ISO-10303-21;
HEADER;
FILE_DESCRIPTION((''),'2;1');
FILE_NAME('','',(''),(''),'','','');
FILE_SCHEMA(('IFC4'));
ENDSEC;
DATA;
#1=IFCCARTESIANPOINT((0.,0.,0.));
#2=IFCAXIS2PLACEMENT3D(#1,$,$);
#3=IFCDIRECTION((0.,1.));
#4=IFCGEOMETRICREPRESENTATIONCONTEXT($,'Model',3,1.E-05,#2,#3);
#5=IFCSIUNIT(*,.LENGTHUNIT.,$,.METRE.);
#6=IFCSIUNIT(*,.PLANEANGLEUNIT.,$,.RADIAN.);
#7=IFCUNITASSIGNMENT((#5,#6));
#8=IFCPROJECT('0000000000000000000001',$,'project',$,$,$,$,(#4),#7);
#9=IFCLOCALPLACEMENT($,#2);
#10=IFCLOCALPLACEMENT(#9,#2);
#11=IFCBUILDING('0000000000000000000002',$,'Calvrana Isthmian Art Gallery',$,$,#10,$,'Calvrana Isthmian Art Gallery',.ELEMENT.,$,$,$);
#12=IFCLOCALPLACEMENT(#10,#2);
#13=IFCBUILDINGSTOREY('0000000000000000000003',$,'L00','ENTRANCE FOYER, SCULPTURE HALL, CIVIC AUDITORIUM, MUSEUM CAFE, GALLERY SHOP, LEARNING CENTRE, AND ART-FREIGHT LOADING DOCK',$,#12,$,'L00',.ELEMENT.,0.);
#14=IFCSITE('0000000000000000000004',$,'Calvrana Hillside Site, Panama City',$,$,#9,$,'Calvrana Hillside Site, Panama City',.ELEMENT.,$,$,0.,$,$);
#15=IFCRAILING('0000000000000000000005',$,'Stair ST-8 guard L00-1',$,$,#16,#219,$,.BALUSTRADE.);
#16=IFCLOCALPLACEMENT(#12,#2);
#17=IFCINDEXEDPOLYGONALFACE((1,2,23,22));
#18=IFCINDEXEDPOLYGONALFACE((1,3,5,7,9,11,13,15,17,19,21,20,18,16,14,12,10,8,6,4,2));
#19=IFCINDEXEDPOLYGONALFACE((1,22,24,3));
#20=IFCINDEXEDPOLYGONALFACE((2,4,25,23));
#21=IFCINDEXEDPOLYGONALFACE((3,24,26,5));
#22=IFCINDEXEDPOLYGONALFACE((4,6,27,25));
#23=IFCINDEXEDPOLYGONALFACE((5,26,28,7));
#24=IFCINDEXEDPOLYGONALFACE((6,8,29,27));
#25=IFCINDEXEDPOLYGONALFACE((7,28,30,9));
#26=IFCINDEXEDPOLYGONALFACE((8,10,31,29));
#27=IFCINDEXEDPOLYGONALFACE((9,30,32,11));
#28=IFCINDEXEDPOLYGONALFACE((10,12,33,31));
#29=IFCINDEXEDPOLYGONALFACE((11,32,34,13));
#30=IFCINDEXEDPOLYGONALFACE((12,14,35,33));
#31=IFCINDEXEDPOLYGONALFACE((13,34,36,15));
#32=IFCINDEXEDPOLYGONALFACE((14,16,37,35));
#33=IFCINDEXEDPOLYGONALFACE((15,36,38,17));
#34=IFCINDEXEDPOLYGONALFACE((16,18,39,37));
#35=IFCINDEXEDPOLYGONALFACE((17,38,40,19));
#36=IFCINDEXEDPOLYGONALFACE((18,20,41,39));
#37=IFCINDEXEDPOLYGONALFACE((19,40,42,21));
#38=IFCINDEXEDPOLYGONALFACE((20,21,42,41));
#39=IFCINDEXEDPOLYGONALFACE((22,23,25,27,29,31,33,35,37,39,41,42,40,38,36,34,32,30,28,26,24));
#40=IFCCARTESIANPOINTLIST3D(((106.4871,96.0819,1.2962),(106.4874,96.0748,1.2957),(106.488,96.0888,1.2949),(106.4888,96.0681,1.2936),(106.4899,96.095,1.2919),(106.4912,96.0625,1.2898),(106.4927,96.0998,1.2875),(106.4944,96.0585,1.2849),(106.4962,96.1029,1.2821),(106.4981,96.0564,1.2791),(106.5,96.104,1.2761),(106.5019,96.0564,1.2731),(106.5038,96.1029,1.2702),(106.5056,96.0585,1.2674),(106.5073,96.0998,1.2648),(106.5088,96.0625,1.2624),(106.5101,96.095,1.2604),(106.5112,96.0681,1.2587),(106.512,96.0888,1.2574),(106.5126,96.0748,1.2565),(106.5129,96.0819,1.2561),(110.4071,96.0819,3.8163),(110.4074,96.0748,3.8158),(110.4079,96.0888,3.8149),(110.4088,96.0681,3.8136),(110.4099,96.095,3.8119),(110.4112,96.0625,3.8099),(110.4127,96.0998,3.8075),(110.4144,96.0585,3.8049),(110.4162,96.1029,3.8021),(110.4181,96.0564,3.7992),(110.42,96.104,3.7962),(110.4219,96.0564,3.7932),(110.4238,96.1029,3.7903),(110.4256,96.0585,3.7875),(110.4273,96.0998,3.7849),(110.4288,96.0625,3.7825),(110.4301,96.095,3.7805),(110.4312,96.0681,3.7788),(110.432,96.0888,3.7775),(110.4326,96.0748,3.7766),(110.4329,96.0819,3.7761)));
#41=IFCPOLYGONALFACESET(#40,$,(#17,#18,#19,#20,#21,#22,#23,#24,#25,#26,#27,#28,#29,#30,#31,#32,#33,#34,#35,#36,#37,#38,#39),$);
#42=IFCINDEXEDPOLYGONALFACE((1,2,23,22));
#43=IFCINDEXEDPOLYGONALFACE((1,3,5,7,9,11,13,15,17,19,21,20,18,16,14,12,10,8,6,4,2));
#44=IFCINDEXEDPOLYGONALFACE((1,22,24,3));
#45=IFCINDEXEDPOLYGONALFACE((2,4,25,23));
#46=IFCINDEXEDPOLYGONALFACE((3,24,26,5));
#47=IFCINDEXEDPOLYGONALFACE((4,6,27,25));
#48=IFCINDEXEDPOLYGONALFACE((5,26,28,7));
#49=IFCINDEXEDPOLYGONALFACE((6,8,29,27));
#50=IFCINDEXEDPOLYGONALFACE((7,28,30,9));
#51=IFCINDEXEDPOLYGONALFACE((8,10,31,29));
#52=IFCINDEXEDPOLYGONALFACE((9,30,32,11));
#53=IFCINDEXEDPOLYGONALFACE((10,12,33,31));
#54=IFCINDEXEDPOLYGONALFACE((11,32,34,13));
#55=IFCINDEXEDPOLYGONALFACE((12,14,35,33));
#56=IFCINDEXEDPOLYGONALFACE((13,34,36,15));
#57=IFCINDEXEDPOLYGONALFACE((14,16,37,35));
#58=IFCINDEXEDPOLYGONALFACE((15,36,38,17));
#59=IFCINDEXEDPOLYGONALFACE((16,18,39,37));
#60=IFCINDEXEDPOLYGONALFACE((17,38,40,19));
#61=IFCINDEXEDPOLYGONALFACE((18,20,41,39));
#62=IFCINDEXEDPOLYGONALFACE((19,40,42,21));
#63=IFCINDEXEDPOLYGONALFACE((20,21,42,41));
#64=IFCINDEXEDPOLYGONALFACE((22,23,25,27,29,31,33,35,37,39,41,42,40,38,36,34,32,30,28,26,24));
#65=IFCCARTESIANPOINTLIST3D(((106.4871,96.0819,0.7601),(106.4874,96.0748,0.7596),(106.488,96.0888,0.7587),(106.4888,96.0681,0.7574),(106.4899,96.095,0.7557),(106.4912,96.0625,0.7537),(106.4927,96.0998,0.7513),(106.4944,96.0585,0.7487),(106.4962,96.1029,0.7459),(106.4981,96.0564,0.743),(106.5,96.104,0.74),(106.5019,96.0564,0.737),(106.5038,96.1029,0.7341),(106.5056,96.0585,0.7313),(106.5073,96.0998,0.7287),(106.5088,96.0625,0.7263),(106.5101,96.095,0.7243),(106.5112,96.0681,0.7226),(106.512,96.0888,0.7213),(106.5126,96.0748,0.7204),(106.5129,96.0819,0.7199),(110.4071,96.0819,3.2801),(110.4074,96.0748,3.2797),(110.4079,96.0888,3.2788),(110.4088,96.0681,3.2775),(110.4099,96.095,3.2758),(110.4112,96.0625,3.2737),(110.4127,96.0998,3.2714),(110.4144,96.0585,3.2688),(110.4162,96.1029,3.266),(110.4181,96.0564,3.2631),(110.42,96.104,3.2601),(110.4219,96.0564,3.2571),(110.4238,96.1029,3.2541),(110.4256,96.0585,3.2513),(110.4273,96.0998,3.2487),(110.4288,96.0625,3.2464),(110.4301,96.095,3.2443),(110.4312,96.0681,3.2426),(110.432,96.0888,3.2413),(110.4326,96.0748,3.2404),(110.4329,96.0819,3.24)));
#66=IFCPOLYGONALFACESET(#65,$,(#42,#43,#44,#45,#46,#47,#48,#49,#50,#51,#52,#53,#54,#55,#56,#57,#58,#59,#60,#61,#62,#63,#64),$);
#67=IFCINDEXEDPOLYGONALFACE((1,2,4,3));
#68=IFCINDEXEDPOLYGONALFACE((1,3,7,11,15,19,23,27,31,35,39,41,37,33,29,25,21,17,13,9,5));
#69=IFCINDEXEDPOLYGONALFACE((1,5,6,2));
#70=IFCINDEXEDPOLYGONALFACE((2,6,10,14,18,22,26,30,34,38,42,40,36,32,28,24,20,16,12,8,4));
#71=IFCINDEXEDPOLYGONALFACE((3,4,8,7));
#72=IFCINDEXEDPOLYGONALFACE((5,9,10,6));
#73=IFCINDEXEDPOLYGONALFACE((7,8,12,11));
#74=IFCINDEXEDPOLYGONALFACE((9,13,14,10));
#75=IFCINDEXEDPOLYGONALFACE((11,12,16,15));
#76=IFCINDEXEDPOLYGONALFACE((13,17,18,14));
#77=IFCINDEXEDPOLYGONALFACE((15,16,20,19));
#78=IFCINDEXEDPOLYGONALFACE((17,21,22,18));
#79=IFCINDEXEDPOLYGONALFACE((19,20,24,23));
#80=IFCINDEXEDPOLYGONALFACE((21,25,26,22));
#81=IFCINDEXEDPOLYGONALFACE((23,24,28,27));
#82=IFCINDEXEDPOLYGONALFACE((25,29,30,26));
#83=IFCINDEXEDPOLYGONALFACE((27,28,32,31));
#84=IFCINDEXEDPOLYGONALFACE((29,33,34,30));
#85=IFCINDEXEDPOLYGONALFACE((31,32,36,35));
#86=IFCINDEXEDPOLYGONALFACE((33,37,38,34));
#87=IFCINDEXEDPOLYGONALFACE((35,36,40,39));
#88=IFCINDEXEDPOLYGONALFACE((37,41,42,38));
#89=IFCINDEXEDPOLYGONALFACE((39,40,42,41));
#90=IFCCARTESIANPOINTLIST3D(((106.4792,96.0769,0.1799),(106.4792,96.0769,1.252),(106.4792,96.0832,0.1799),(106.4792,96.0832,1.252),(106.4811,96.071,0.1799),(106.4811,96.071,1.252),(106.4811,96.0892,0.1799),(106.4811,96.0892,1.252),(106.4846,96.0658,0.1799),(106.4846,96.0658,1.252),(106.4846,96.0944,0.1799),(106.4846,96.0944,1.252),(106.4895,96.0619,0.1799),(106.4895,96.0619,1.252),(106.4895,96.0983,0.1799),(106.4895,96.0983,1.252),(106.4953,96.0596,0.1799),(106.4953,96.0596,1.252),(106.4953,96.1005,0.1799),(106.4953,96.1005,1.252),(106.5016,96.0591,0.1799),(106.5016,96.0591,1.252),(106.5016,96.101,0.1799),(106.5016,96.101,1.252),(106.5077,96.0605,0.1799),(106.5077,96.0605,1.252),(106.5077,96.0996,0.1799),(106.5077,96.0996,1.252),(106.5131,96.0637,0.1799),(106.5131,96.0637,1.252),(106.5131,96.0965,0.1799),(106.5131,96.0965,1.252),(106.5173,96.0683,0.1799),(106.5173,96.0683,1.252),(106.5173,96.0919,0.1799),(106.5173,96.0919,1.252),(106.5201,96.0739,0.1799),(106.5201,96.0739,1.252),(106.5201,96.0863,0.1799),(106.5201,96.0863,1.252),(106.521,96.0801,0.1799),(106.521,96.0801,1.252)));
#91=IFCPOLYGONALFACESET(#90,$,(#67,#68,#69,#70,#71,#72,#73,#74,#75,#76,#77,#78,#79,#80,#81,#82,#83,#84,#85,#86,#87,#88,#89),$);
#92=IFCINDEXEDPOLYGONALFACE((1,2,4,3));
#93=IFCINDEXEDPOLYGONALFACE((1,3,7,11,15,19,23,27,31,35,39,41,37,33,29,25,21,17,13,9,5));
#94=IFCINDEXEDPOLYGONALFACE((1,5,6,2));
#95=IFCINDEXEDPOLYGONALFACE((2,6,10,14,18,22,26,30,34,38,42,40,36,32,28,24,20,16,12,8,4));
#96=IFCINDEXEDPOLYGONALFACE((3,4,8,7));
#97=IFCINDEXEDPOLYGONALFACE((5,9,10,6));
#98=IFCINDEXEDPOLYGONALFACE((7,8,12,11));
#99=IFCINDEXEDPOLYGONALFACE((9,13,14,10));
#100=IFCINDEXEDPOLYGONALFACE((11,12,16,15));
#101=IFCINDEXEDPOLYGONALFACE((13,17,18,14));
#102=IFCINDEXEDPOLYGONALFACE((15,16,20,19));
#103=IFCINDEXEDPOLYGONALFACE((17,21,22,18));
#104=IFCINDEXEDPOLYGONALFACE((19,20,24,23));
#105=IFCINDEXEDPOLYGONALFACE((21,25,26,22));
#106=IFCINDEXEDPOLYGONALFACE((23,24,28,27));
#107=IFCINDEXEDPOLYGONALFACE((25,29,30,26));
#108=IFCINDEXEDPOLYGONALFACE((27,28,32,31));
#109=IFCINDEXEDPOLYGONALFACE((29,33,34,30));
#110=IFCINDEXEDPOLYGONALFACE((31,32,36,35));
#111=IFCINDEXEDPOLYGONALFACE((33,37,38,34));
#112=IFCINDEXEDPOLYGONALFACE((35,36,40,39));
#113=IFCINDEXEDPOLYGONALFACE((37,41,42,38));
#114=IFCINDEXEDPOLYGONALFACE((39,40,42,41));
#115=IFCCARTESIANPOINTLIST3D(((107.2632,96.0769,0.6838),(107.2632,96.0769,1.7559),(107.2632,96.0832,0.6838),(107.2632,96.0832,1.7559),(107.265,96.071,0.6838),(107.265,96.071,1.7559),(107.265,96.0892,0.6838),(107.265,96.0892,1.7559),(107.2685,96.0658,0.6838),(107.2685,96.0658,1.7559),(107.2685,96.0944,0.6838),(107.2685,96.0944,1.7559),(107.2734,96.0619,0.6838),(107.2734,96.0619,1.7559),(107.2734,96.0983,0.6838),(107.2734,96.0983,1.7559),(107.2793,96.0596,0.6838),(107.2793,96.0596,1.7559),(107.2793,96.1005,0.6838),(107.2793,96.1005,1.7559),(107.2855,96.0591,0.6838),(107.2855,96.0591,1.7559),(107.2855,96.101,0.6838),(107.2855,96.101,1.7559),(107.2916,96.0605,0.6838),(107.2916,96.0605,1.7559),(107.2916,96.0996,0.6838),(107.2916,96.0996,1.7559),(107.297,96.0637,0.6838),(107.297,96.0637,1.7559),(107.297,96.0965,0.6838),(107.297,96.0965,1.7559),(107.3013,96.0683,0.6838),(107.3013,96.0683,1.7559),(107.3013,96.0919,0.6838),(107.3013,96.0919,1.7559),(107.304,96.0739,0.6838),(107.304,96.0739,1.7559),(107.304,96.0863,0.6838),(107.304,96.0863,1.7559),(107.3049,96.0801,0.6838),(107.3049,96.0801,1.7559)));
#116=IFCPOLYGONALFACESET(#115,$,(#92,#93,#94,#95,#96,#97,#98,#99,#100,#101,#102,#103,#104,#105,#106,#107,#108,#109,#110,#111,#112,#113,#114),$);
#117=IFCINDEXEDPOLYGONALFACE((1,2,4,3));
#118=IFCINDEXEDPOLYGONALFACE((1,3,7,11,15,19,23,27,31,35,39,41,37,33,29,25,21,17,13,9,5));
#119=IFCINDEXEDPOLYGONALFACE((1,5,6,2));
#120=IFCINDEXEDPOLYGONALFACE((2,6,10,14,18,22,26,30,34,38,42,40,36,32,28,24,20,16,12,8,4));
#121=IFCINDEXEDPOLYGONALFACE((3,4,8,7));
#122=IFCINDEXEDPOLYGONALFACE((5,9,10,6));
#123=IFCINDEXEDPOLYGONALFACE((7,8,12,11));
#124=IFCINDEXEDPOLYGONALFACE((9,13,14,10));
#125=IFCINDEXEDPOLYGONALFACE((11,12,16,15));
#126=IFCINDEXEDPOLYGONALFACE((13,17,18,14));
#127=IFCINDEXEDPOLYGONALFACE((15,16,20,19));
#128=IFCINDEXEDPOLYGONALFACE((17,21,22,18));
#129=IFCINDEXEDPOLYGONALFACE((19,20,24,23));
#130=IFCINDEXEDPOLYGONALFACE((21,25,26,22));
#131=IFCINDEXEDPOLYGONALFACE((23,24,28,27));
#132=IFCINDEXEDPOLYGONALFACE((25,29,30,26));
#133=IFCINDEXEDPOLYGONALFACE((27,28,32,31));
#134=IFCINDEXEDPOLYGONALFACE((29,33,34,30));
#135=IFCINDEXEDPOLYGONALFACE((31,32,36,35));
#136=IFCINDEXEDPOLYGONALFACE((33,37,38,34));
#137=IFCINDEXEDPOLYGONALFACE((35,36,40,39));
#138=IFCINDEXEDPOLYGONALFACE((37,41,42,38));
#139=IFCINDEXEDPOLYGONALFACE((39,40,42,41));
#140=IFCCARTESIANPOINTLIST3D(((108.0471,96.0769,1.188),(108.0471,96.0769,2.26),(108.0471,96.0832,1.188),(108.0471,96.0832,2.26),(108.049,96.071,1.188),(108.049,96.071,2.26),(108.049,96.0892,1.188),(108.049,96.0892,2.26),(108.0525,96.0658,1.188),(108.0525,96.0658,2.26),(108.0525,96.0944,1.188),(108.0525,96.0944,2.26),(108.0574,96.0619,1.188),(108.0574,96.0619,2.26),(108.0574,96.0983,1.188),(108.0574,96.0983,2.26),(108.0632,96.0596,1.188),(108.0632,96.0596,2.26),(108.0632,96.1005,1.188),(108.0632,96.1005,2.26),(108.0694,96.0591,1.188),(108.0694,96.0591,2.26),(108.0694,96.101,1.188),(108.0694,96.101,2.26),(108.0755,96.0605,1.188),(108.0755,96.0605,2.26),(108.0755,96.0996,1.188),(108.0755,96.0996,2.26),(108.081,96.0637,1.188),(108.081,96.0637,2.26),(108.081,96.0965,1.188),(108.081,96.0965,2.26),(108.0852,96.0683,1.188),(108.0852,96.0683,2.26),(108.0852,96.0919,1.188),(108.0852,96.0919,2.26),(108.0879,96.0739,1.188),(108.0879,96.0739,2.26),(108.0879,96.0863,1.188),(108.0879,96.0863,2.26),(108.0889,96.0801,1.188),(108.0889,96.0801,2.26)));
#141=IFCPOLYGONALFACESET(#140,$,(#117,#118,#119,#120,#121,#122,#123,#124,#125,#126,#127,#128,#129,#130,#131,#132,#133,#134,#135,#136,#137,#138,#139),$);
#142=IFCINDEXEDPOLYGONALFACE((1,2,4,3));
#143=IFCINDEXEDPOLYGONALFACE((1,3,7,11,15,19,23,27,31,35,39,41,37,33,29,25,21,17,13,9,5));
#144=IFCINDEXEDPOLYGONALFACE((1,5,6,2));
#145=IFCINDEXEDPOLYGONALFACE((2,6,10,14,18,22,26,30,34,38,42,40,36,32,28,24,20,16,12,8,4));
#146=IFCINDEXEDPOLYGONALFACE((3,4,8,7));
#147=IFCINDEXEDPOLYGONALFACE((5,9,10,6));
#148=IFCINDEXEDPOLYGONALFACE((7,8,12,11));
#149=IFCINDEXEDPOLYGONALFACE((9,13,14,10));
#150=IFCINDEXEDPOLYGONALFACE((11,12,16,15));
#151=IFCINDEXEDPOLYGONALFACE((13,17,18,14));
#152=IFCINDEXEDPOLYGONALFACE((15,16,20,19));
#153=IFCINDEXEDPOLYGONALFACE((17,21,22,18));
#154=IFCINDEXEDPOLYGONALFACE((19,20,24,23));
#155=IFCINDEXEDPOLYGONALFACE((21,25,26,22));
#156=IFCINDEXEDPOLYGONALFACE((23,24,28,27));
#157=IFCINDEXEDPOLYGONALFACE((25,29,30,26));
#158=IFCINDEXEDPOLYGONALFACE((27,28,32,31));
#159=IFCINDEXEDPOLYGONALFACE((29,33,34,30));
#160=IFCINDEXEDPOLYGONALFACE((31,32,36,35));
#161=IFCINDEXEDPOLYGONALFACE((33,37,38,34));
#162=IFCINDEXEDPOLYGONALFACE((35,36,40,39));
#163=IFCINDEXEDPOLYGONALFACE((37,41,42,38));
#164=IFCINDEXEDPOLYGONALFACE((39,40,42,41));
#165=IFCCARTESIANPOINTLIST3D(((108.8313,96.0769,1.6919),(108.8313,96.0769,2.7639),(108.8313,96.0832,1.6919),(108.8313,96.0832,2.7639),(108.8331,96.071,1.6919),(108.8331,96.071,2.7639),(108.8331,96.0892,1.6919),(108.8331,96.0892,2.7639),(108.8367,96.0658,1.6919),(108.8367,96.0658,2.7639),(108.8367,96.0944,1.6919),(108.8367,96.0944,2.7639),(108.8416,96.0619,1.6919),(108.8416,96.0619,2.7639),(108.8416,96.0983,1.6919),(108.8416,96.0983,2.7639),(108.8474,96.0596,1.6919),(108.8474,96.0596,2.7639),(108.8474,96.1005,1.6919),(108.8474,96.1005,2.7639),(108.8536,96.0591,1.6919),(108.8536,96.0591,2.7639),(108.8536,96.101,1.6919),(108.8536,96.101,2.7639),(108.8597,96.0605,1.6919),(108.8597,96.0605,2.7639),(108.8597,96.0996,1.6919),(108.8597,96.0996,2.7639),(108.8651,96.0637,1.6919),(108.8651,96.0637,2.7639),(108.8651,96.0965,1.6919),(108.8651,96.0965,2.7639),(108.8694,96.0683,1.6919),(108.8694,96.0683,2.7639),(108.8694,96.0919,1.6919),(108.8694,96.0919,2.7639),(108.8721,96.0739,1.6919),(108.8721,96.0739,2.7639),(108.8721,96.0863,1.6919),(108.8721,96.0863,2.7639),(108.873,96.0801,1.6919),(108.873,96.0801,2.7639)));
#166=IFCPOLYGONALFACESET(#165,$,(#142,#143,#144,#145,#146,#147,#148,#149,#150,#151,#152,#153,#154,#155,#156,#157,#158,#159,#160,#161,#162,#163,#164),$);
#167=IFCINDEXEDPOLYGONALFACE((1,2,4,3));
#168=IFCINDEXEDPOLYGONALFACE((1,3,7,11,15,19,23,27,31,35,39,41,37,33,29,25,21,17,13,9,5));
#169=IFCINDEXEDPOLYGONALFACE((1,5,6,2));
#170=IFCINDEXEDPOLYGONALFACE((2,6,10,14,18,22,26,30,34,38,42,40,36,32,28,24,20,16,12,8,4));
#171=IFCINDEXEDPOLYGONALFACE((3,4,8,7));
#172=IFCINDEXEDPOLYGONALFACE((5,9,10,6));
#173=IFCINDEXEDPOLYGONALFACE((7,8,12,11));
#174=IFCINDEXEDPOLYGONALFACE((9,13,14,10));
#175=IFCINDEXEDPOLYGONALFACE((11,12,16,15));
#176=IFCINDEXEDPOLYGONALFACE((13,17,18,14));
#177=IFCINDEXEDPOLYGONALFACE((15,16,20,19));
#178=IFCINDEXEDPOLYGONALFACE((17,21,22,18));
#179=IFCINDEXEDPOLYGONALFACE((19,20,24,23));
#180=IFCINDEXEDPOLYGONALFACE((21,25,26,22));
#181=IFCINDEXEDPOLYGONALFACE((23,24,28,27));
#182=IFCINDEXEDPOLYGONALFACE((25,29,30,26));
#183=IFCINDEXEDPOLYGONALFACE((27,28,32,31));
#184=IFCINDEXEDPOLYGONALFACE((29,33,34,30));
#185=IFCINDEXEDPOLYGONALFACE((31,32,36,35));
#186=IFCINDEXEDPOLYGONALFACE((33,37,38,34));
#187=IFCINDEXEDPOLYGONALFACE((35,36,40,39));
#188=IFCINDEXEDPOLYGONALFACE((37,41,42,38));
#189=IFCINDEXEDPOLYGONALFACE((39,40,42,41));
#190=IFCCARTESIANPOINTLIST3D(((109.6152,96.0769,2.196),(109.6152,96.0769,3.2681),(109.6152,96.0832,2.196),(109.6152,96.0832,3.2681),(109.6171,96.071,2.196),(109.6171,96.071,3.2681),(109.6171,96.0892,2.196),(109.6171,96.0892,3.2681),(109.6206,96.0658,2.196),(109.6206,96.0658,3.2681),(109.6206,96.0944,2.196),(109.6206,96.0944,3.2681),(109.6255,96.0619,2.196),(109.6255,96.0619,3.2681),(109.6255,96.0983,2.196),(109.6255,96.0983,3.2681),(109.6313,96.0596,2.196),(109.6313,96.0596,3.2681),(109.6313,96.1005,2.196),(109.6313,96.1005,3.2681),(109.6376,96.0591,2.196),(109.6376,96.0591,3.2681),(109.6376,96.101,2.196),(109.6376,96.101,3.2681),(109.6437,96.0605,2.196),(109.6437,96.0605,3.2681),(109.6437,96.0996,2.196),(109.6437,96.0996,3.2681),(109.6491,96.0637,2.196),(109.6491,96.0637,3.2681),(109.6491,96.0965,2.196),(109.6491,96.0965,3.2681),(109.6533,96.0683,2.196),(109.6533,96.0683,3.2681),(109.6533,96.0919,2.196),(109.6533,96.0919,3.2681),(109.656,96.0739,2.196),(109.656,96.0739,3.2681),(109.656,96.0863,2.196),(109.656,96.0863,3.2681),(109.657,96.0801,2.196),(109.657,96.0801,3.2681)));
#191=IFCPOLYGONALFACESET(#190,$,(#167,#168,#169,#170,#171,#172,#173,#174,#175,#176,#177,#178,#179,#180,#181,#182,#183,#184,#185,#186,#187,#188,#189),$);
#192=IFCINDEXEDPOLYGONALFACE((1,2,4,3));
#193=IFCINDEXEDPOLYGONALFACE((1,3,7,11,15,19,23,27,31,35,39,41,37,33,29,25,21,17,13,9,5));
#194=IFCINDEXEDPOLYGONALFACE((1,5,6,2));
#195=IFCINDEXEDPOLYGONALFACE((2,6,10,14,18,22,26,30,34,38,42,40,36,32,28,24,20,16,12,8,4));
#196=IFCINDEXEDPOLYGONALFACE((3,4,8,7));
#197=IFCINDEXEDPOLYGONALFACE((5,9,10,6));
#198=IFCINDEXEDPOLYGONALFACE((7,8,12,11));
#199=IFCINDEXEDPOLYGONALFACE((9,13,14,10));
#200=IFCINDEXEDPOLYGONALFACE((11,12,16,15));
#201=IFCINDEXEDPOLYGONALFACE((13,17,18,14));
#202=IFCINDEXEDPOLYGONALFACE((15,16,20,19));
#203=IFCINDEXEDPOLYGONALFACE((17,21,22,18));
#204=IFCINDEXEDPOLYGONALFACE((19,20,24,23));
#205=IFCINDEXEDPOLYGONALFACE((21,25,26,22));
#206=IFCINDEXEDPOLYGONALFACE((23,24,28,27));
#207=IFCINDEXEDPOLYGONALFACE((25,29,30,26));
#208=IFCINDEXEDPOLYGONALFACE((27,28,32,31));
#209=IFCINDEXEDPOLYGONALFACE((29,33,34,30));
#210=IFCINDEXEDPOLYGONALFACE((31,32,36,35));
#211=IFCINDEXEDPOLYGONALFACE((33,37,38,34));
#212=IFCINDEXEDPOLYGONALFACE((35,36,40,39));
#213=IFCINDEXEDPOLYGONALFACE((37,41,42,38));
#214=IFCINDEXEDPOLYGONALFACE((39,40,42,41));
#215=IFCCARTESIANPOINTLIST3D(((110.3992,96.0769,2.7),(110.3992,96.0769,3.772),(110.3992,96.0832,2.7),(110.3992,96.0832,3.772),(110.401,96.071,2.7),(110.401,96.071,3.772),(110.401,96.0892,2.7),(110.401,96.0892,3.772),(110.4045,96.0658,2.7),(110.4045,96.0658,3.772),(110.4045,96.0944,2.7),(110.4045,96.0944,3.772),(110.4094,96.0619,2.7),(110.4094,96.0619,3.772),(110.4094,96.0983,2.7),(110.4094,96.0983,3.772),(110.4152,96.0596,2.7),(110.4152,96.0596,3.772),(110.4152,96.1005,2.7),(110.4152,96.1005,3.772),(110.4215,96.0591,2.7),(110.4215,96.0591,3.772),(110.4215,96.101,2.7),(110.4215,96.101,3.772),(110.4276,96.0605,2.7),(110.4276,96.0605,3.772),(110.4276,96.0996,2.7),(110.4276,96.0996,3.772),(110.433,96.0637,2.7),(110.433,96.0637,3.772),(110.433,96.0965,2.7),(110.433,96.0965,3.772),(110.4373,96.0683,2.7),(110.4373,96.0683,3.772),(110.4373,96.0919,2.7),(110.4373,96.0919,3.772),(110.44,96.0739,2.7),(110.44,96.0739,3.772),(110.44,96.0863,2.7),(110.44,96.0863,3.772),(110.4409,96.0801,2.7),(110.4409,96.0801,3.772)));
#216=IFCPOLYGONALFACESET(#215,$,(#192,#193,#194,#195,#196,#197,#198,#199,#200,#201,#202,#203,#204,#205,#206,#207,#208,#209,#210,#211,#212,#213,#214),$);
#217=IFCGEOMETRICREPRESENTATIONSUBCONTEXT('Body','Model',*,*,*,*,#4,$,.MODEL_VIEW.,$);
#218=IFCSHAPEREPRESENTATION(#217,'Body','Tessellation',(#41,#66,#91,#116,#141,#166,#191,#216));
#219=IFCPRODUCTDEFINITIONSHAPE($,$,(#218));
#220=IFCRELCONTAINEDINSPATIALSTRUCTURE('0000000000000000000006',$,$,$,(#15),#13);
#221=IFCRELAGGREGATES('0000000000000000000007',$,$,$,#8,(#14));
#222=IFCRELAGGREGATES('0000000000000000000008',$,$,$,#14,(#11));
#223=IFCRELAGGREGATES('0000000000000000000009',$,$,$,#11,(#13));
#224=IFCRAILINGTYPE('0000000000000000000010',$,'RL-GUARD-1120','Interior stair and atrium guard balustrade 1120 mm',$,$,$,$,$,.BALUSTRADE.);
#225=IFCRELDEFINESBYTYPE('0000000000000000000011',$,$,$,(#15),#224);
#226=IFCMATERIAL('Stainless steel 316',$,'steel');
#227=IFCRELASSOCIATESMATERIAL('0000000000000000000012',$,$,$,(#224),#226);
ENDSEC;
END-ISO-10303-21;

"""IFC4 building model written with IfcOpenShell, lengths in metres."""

from ifc_helpers import new_model, si_unit, direction, frame, origin, origin_2d, place, context, subcontext, project, spatial, circle, extrude, material, type_object, element, save


model = new_model("IFC4")

# Units and contexts
model_context = context("Model", 3, precision=1e-05, world=origin(), true_north=direction((0.0, 1.0)))
body_context = subcontext(model_context, "Body", "Model", "MODEL_VIEW")
ifc_project = project(units=[si_unit("LENGTHUNIT", "METRE"), si_unit("PLANEANGLEUNIT", "RADIAN")], contexts=[model_context])

# Site, building, storey
site_placement = place(None, origin())
site = spatial("IfcSite", under=ifc_project, at=site_placement, Name="Calvrana Hillside Site, Panama City", LongName="Calvrana Hillside Site, Panama City", CompositionType="ELEMENT", RefElevation=0.0)
building_placement = place(site_placement, origin())
building = spatial("IfcBuilding", under=site, at=building_placement, Name="Calvrana Isthmian Art Gallery", LongName="Calvrana Isthmian Art Gallery", CompositionType="ELEMENT")
storey_placement = place(building_placement, origin())
storey = spatial("IfcBuildingStorey", under=building, at=storey_placement, Name="L00", Description="ENTRANCE FOYER, SCULPTURE HALL, CIVIC AUDITORIUM, MUSEUM CAFE, GALLERY SHOP, LEARNING CENTRE, AND ART-FREIGHT LOADING DOCK", LongName="L00", CompositionType="ELEMENT", Elevation=0.0)

# Railing
ifc_material_1 = material(Name="Stainless steel 316", Category="steel")
railing_type_1 = type_object("IfcRailingType", Name="RL-GUARD-1120", Description="Interior stair and atrium guard balustrade 1120 mm", PredefinedType="BALUSTRADE", material=ifc_material_1)
railing_1_placement = place(storey_placement, frame((106.5, 96.0801, 0.1799)))
element("IfcRailing", 1, at=railing_1_placement, inside=storey, type_object=railing_type_1, Name="Stair ST-8 guard L00-1", PredefinedType="BALUSTRADE", context=body_context, shape_type="SweptSolid", body=[
    extrude(circle(Radius=0.0239, at=origin_2d()), frame((0.0, 0.0, 1.0962), z_axis=(0.841172, 0.0, 0.540768), x_axis=(0.0, 1.0, 0.0)), (0.0, 0.0, 1.0), 4.6602),
    extrude(circle(Radius=0.0239, at=origin_2d()), frame((0.0, 0.0, 0.5601), z_axis=(0.841172, 0.0, 0.540768), x_axis=(0.0, 1.0, 0.0)), (0.0, 0.0, 1.0), 4.6602),
    extrude(circle(Radius=0.021, at=origin_2d()), origin(), (0.0, 0.0, 1.0), 1.072),
    extrude(circle(Radius=0.021, at=origin_2d()), frame((0.7839, 0.0, 0.5039)), (0.0, 0.0, 1.0), 1.072),
    extrude(circle(Radius=0.021, at=origin_2d()), frame((1.5679, 0.0, 1.0081)), (0.0, 0.0, 1.0), 1.072),
    extrude(circle(Radius=0.021, at=origin_2d()), frame((2.3521, 0.0, 1.512)), (0.0, 0.0, 1.0), 1.072),
    extrude(circle(Radius=0.021, at=origin_2d()), frame((3.136, 0.0, 2.0161)), (0.0, 0.0, 1.0), 1.072),
    extrude(circle(Radius=0.021, at=origin_2d()), frame((3.9199, 0.0, 2.52)), (0.0, 0.0, 1.0), 1.072),
])

save(model, "model.ifc")
